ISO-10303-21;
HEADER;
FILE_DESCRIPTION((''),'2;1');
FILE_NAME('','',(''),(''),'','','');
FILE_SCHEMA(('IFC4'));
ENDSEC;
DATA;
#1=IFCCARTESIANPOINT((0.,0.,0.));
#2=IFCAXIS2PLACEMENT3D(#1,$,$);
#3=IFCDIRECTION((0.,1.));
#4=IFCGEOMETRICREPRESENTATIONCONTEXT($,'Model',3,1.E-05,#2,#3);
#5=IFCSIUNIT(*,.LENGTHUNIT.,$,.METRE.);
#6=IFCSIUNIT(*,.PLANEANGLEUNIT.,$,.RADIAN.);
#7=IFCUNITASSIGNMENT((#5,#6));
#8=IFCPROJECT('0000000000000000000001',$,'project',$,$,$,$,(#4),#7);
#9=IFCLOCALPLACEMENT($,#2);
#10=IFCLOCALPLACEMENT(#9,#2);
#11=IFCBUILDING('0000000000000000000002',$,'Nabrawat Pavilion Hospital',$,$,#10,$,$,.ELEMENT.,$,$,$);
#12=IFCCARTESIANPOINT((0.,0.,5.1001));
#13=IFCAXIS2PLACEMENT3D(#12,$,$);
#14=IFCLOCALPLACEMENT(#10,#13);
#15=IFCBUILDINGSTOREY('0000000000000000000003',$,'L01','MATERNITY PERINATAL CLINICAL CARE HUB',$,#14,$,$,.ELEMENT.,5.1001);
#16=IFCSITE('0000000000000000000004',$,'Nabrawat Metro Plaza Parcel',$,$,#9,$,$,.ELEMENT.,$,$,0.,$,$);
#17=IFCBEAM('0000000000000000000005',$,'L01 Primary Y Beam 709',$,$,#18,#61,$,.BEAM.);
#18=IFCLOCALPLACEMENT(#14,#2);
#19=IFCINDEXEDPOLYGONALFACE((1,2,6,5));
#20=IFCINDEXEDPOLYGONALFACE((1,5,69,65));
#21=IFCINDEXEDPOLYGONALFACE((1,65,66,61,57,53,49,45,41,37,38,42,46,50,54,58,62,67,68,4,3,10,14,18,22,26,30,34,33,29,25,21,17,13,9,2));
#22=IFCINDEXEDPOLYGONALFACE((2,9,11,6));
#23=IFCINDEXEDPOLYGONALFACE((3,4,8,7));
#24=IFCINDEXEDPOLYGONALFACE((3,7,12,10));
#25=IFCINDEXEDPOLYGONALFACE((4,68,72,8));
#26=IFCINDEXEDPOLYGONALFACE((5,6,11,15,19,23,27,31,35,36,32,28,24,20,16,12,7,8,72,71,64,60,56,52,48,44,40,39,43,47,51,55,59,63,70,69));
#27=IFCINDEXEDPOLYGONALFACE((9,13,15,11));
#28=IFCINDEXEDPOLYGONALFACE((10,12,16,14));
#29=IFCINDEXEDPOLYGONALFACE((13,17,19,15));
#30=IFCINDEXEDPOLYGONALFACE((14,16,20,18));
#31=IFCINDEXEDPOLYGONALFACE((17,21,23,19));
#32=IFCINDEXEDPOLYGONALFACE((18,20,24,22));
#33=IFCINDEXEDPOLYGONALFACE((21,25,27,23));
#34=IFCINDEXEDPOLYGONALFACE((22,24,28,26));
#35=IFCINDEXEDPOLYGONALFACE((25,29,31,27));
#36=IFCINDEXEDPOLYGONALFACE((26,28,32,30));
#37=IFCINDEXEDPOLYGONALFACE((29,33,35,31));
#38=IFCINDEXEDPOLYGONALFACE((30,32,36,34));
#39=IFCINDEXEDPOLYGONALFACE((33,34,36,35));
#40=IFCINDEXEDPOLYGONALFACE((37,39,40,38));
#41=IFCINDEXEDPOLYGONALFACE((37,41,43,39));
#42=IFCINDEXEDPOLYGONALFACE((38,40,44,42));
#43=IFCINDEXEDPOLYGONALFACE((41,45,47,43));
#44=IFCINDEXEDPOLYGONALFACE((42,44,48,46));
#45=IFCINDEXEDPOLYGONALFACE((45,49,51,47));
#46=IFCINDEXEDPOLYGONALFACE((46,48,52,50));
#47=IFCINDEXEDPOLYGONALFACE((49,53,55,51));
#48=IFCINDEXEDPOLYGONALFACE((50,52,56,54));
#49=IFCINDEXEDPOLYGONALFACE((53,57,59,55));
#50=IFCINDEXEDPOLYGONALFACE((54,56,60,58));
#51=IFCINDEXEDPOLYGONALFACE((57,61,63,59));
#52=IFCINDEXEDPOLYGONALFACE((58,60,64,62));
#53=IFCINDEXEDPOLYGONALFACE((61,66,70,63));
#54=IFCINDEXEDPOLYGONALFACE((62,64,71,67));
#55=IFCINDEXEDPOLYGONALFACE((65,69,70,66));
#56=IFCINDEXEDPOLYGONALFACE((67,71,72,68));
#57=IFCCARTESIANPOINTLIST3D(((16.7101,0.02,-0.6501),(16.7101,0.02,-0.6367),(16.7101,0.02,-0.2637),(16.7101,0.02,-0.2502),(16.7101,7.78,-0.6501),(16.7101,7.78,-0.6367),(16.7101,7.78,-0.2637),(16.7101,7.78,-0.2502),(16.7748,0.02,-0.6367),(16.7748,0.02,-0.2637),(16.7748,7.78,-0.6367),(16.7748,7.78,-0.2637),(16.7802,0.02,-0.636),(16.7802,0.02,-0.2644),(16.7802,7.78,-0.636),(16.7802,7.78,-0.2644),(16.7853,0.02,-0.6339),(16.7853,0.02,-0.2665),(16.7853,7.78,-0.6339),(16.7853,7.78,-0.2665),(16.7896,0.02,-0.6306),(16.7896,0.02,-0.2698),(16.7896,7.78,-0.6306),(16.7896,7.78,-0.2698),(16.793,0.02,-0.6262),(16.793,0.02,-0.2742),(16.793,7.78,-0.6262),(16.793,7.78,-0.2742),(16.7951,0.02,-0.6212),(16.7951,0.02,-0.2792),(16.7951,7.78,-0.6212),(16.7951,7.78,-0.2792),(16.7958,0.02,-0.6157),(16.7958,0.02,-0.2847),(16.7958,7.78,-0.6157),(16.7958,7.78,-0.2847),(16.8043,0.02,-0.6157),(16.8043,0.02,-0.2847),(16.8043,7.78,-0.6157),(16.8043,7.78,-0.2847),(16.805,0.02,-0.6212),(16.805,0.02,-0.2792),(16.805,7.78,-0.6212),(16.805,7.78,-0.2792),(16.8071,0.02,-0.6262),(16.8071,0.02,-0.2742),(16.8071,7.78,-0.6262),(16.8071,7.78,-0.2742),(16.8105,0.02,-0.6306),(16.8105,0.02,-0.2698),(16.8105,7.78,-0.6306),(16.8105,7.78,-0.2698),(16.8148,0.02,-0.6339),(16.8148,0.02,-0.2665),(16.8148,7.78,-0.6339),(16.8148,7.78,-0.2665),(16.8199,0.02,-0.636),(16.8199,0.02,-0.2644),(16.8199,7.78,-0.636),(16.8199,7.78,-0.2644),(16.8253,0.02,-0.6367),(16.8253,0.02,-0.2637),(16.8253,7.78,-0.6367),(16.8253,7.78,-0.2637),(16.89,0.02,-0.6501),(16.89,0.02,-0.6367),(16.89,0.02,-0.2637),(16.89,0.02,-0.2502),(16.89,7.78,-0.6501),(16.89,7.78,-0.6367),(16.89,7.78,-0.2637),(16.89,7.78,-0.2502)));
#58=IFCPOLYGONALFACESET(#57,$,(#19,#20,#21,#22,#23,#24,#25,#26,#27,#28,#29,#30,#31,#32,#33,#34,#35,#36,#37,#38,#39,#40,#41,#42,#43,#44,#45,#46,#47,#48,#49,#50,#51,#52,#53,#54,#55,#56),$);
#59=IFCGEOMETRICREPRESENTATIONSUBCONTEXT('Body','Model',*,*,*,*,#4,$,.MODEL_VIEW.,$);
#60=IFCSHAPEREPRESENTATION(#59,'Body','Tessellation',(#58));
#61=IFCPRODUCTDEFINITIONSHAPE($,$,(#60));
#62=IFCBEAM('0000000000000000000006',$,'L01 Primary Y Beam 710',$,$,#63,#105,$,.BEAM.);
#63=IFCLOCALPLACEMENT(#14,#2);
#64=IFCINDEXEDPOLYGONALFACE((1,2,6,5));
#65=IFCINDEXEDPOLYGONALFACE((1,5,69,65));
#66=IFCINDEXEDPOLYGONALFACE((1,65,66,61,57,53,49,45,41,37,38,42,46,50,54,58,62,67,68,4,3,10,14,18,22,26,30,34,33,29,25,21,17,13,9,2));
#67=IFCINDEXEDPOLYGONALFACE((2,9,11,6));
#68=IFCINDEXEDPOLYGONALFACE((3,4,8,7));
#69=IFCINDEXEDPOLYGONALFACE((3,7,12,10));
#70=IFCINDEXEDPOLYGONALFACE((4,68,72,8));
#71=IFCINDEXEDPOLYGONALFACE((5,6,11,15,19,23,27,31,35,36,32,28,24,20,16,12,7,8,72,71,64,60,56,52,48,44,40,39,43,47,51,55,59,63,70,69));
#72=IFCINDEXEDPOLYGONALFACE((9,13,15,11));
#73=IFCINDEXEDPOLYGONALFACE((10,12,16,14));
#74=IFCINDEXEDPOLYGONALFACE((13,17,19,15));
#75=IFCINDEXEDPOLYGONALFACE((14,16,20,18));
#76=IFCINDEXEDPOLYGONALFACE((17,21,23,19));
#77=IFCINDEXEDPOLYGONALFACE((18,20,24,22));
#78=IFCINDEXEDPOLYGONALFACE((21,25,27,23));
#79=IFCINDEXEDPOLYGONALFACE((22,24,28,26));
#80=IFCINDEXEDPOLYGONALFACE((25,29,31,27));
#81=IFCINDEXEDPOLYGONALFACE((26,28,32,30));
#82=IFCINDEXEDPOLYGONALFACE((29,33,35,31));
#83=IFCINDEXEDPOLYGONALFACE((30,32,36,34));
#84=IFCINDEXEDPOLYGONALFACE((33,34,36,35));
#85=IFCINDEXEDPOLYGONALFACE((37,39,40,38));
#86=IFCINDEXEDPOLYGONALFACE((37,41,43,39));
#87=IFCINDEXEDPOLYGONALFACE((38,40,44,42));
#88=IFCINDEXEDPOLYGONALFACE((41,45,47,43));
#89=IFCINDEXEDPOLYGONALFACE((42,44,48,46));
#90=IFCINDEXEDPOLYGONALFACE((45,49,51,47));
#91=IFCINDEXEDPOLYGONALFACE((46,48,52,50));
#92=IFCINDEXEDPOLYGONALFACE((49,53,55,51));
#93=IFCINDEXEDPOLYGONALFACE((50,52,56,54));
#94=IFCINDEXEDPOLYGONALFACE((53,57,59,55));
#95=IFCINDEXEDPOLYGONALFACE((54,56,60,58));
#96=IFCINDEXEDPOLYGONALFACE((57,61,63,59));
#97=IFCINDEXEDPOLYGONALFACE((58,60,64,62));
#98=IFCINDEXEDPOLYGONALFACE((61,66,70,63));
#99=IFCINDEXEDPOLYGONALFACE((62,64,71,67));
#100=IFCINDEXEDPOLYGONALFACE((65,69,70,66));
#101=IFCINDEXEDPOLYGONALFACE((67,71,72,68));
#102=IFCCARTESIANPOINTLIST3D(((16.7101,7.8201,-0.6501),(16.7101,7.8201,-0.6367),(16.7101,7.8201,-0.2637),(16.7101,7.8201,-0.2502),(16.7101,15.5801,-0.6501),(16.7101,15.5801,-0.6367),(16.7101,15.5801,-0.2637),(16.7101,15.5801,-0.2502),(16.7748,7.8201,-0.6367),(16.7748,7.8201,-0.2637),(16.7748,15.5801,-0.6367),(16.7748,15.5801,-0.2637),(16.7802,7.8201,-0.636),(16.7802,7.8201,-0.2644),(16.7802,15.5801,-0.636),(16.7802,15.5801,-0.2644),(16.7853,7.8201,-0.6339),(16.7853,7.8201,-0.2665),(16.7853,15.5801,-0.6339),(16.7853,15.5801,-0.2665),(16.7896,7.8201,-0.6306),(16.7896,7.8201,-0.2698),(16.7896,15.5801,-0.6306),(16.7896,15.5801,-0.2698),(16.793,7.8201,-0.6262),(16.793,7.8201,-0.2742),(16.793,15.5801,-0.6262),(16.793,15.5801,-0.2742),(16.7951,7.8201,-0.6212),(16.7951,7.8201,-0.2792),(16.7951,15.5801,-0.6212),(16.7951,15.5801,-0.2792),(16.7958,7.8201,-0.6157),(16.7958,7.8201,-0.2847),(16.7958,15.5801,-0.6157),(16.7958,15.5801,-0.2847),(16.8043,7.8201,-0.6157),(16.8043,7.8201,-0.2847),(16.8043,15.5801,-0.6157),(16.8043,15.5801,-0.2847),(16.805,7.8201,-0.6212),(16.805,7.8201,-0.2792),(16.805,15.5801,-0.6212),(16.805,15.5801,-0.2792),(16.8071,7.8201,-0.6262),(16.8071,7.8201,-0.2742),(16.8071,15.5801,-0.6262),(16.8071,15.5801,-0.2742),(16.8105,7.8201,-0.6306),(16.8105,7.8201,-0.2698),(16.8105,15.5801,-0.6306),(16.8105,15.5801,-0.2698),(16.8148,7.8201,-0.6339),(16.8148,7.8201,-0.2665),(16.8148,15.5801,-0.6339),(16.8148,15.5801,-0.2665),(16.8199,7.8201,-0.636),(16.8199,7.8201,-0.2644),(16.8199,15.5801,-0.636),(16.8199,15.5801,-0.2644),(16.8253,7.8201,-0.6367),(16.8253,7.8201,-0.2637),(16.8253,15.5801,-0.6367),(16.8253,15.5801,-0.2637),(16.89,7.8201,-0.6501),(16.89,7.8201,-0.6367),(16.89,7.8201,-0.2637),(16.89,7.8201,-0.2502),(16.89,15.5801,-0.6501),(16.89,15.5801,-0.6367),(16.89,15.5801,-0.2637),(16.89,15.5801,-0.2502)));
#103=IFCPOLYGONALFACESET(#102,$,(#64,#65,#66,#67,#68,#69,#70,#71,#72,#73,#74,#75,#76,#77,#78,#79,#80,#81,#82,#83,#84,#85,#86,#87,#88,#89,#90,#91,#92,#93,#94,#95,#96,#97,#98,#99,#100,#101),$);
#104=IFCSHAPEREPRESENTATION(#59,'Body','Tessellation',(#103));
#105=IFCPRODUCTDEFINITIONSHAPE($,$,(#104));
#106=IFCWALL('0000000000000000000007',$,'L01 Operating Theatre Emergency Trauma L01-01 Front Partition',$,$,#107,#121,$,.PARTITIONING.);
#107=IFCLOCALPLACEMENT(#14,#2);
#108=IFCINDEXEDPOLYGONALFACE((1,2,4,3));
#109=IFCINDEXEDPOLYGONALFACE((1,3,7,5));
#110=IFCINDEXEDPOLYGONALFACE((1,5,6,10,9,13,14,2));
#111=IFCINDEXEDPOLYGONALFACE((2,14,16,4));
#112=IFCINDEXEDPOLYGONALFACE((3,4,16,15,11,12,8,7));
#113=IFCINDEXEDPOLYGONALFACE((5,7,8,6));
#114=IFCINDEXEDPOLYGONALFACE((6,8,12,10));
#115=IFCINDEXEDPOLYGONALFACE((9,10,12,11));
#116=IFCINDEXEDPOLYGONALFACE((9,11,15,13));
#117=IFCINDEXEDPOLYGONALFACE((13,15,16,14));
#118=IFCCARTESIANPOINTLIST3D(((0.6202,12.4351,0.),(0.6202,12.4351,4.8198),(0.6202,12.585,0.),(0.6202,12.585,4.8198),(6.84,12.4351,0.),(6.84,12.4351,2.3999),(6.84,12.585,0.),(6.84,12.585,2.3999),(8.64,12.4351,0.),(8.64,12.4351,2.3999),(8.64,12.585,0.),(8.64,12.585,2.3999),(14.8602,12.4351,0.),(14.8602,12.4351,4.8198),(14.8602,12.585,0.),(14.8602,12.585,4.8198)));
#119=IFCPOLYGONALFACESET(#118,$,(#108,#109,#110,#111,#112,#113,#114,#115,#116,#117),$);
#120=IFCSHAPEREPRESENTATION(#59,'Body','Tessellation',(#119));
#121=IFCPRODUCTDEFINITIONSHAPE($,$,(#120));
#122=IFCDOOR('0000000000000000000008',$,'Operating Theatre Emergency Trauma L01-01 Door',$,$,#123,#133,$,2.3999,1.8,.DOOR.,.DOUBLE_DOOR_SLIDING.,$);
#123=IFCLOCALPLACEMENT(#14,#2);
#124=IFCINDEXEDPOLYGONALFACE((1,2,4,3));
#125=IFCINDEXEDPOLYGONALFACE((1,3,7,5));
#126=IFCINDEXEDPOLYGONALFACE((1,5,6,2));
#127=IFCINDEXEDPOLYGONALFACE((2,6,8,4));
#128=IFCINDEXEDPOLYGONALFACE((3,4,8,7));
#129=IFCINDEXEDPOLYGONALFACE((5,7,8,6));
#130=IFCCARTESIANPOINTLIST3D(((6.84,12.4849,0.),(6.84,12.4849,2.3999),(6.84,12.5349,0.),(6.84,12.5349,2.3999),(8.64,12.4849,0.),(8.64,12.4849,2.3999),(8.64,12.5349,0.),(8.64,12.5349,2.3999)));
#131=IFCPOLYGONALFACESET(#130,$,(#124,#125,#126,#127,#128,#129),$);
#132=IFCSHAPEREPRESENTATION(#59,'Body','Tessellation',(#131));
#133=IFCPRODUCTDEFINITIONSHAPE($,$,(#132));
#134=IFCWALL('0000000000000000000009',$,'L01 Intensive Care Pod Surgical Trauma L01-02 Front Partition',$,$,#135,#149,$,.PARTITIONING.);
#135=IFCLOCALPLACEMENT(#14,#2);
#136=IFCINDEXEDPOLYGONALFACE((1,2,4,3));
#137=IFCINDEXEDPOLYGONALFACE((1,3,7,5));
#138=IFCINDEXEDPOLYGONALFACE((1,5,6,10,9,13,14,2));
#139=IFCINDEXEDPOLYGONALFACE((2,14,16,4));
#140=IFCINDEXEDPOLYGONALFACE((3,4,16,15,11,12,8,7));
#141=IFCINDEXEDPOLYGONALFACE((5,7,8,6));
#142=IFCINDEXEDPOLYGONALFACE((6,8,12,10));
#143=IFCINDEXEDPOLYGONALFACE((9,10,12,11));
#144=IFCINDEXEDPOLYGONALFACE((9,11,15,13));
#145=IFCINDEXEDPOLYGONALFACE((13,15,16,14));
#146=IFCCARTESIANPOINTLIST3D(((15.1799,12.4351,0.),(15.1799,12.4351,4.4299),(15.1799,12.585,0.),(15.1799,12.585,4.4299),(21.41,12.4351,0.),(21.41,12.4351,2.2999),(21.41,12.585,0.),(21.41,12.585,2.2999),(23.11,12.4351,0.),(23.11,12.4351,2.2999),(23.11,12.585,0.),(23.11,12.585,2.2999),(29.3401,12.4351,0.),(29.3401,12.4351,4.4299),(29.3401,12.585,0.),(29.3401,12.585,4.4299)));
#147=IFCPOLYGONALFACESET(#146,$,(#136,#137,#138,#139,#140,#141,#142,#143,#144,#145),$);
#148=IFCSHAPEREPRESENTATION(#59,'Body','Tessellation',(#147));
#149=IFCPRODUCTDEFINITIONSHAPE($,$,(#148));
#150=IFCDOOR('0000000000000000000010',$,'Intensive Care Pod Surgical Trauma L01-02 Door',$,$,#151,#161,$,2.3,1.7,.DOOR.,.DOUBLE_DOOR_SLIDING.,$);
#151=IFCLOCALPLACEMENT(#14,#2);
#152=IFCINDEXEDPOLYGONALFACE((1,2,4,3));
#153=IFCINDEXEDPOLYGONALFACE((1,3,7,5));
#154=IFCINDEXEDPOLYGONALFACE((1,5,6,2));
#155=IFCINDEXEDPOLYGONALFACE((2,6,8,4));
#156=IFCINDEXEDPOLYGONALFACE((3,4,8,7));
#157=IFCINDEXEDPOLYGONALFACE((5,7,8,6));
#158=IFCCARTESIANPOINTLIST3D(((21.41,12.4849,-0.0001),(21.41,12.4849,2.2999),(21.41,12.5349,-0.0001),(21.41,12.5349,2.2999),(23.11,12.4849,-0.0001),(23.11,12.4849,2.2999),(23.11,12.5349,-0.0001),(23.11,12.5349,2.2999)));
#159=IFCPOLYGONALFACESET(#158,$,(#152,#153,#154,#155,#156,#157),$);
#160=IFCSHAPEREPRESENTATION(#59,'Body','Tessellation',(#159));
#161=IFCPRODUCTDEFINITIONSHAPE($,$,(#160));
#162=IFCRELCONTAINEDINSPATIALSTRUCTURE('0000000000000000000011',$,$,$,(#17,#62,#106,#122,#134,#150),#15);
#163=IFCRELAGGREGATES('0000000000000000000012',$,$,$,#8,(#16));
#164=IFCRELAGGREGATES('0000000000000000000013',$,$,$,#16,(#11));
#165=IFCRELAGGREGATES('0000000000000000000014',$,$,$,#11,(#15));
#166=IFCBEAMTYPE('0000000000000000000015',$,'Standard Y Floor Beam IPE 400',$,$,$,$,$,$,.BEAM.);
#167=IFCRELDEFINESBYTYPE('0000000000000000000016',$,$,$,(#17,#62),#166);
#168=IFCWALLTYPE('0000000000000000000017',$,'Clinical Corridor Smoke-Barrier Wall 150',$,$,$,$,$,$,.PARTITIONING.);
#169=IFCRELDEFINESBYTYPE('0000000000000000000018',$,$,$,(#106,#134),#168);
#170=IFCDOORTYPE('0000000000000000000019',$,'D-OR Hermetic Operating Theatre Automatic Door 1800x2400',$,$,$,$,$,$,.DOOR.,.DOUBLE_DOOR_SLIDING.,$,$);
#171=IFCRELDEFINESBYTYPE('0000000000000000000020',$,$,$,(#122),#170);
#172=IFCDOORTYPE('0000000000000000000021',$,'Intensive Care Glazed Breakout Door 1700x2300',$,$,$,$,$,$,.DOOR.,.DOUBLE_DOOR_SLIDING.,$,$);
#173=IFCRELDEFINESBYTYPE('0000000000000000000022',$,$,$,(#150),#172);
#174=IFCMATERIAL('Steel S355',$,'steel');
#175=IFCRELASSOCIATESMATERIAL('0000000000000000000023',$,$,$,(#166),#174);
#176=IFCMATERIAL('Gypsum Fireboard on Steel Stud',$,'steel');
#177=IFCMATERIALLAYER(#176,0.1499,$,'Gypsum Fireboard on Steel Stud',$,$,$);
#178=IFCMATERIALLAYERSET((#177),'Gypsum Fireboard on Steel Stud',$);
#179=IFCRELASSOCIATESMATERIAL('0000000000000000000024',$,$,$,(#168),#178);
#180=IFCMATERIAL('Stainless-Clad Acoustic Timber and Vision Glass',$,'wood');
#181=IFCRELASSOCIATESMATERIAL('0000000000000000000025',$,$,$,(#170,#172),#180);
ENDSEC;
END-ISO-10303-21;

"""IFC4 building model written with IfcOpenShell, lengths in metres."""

from ifc_helpers import new_model, si_unit, direction, frame, frame_2d, origin, origin_2d, place, context, subcontext, project, spatial, rectangle, i_section, extrude, material, layer, layer_set, material_profile, profile_set, type_object, element, fill, save


model = new_model("IFC4")

# Units and contexts
model_context = context("Model", 3, precision=1e-05, world=origin(), true_north=direction((0.0, 1.0)))
body_context = subcontext(model_context, "Body", "Model", "MODEL_VIEW")
ifc_project = project(units=[si_unit("LENGTHUNIT", "METRE"), si_unit("PLANEANGLEUNIT", "RADIAN")], contexts=[model_context])

# Site, building, storey
site_placement = place(None, origin())
site = spatial("IfcSite", under=ifc_project, at=site_placement, Name="Nabrawat Metro Plaza Parcel", CompositionType="ELEMENT", RefElevation=0.0)
building_placement = place(site_placement, origin())
building = spatial("IfcBuilding", under=site, at=building_placement, Name="Nabrawat Pavilion Hospital", CompositionType="ELEMENT")
storey_placement = place(building_placement, frame((0.0, 0.0, 5.1001)))
storey = spatial("IfcBuildingStorey", under=building, at=storey_placement, Name="L01", Description="MATERNITY PERINATAL CLINICAL CARE HUB", CompositionType="ELEMENT", Elevation=5.1001)

# Shared definitions
ifc_material_1 = material(Name="Steel S355", Category="steel")

# Beams
ifc_material_profile_1 = material_profile(ifc_material_1, i_section(OverallWidth=0.1799, OverallDepth=0.3999, WebThickness=0.0085, FlangeThickness=0.0134, FilletRadius=0.021, at=origin_2d()), Name="IPE 400")
ifc_profile_set_1 = profile_set([ifc_material_profile_1], Name="Steel S355")
beam_type_1 = type_object("IfcBeamType", Name="Standard Y Floor Beam IPE 400", PredefinedType="BEAM", material=ifc_profile_set_1)
for number, where, z_axis, x_axis, name in (
    (1, (16.8, 0.02, -0.4502), (0.0, 1.0, 0.0), (-1.0, 0.0, 0.0), "L01 Primary Y Beam 709"),
    (2, (16.8, 7.8201, -0.4502), (0.0, 1.0, 0.0), (-1.0, 0.0, 0.0), "L01 Primary Y Beam 710"),
):
    element("IfcBeam", number, at=place(storey_placement, frame(where, z_axis=z_axis, x_axis=x_axis)), inside=storey, type_object=beam_type_1, Name=name, PredefinedType="BEAM", context=body_context, shape_type="SweptSolid", body=[
        extrude(i_section(OverallWidth=0.1799, OverallDepth=0.3999, WebThickness=0.0085, FlangeThickness=0.0134, FilletRadius=0.021, at=origin_2d()), origin(), (0.0, 0.0, 1.0), 7.76),
    ])

# Walls, openings, doors
ifc_material_2 = material(Name="Gypsum Fireboard on Steel Stud", Category="steel")
ifc_layer_1 = layer(ifc_material_2, 0.1499, Name="Gypsum Fireboard on Steel Stud")
ifc_layer_set_1 = layer_set([ifc_layer_1], Name="Gypsum Fireboard on Steel Stud")
wall_type_1 = type_object("IfcWallType", Name="Clinical Corridor Smoke-Barrier Wall 150", PredefinedType="PARTITIONING", material=ifc_layer_set_1)
wall_1_placement = place(storey_placement, frame((0.6201, 12.51, 0.0), z_axis=(0.0, 0.0, 1.0), x_axis=(1.0, 0.0, 0.0)))
wall_1 = element("IfcWall", 3, at=wall_1_placement, inside=storey, type_object=wall_type_1, Name="L01 Operating Theatre Emergency Trauma L01-01 Front Partition", PredefinedType="PARTITIONING", context=body_context, shape_type="SweptSolid", body=[
    extrude(rectangle(XDim=14.24, YDim=0.1499, at=frame_2d((7.1201, 0.0))), origin(), (0.0, 0.0, 1.0), 4.8198),
])
opening_1_placement = place(wall_1_placement, frame((6.22, 0.0, 0.0)))
opening_1 = element("IfcOpeningElement", 4, at=opening_1_placement, cuts=wall_1, PredefinedType="OPENING", context=body_context, shape_type="SweptSolid", body=[
    extrude(rectangle(XDim=1.8, YDim=2.3999, at=frame_2d((0.8999, 1.2))), frame((0.0, 0.085, 0.0), z_axis=(0.0, -1.0, 0.0), x_axis=(1.0, 0.0, 0.0)), (0.0, 0.0, 1.0), 0.1699),
])
ifc_material_3 = material(Name="Stainless-Clad Acoustic Timber and Vision Glass", Category="wood")
door_type_1 = type_object("IfcDoorType", Name="D-OR Hermetic Operating Theatre Automatic Door 1800x2400", OperationType="DOUBLE_DOOR_SLIDING", PredefinedType="DOOR", material=ifc_material_3)
door_1_placement = place(opening_1_placement, origin())
door_1 = element("IfcDoor", 5, at=door_1_placement, inside=storey, type_object=door_type_1, Name="Operating Theatre Emergency Trauma L01-01 Door", OperationType="DOUBLE_DOOR_SLIDING", OverallHeight=2.3999, OverallWidth=1.8, PredefinedType="DOOR", context=body_context, shape_type="SweptSolid", body=[
    extrude(rectangle(XDim=1.8, YDim=2.3999, at=frame_2d((0.8999, 1.2))), frame((0.0, 0.0249, 0.0), z_axis=(0.0, -1.0, 0.0), x_axis=(1.0, 0.0, 0.0)), (0.0, 0.0, 1.0), 0.05),
])
fill(opening_1, door_1)
wall_2_placement = place(storey_placement, frame((15.1799, 12.51, 0.0), z_axis=(0.0, 0.0, 1.0), x_axis=(1.0, 0.0, 0.0)))
wall_2 = element("IfcWall", 6, at=wall_2_placement, inside=storey, type_object=wall_type_1, Name="L01 Intensive Care Pod Surgical Trauma L01-02 Front Partition", PredefinedType="PARTITIONING", context=body_context, shape_type="SweptSolid", body=[
    extrude(rectangle(XDim=14.1602, YDim=0.1499, at=frame_2d((7.0801, 0.0))), origin(), (0.0, 0.0, 1.0), 4.4299),
])
opening_2_placement = place(wall_2_placement, frame((6.23, 0.0, 0.0)))
opening_2 = element("IfcOpeningElement", 7, at=opening_2_placement, cuts=wall_2, PredefinedType="OPENING", context=body_context, shape_type="SweptSolid", body=[
    extrude(rectangle(XDim=1.7, YDim=2.3, at=frame_2d((0.8501, 1.1499))), frame((0.0, 0.085, 0.0), z_axis=(0.0, -1.0, 0.0), x_axis=(1.0, 0.0, 0.0)), (0.0, 0.0, 1.0), 0.1699),
])
door_type_2 = type_object("IfcDoorType", Name="Intensive Care Glazed Breakout Door 1700x2300", OperationType="DOUBLE_DOOR_SLIDING", PredefinedType="DOOR", material=ifc_material_3)
door_2_placement = place(opening_2_placement, origin())
door_2 = element("IfcDoor", 8, at=door_2_placement, inside=storey, type_object=door_type_2, Name="Intensive Care Pod Surgical Trauma L01-02 Door", OperationType="DOUBLE_DOOR_SLIDING", OverallHeight=2.3, OverallWidth=1.7, PredefinedType="DOOR", context=body_context, shape_type="SweptSolid", body=[
    extrude(rectangle(XDim=1.7, YDim=2.3, at=frame_2d((0.8501, 1.1499))), frame((0.0, 0.0249, 0.0), z_axis=(0.0, -1.0, 0.0), x_axis=(1.0, 0.0, 0.0)), (0.0, 0.0, 1.0), 0.05),
])
fill(opening_2, door_2)

save(model, "model.ifc")
